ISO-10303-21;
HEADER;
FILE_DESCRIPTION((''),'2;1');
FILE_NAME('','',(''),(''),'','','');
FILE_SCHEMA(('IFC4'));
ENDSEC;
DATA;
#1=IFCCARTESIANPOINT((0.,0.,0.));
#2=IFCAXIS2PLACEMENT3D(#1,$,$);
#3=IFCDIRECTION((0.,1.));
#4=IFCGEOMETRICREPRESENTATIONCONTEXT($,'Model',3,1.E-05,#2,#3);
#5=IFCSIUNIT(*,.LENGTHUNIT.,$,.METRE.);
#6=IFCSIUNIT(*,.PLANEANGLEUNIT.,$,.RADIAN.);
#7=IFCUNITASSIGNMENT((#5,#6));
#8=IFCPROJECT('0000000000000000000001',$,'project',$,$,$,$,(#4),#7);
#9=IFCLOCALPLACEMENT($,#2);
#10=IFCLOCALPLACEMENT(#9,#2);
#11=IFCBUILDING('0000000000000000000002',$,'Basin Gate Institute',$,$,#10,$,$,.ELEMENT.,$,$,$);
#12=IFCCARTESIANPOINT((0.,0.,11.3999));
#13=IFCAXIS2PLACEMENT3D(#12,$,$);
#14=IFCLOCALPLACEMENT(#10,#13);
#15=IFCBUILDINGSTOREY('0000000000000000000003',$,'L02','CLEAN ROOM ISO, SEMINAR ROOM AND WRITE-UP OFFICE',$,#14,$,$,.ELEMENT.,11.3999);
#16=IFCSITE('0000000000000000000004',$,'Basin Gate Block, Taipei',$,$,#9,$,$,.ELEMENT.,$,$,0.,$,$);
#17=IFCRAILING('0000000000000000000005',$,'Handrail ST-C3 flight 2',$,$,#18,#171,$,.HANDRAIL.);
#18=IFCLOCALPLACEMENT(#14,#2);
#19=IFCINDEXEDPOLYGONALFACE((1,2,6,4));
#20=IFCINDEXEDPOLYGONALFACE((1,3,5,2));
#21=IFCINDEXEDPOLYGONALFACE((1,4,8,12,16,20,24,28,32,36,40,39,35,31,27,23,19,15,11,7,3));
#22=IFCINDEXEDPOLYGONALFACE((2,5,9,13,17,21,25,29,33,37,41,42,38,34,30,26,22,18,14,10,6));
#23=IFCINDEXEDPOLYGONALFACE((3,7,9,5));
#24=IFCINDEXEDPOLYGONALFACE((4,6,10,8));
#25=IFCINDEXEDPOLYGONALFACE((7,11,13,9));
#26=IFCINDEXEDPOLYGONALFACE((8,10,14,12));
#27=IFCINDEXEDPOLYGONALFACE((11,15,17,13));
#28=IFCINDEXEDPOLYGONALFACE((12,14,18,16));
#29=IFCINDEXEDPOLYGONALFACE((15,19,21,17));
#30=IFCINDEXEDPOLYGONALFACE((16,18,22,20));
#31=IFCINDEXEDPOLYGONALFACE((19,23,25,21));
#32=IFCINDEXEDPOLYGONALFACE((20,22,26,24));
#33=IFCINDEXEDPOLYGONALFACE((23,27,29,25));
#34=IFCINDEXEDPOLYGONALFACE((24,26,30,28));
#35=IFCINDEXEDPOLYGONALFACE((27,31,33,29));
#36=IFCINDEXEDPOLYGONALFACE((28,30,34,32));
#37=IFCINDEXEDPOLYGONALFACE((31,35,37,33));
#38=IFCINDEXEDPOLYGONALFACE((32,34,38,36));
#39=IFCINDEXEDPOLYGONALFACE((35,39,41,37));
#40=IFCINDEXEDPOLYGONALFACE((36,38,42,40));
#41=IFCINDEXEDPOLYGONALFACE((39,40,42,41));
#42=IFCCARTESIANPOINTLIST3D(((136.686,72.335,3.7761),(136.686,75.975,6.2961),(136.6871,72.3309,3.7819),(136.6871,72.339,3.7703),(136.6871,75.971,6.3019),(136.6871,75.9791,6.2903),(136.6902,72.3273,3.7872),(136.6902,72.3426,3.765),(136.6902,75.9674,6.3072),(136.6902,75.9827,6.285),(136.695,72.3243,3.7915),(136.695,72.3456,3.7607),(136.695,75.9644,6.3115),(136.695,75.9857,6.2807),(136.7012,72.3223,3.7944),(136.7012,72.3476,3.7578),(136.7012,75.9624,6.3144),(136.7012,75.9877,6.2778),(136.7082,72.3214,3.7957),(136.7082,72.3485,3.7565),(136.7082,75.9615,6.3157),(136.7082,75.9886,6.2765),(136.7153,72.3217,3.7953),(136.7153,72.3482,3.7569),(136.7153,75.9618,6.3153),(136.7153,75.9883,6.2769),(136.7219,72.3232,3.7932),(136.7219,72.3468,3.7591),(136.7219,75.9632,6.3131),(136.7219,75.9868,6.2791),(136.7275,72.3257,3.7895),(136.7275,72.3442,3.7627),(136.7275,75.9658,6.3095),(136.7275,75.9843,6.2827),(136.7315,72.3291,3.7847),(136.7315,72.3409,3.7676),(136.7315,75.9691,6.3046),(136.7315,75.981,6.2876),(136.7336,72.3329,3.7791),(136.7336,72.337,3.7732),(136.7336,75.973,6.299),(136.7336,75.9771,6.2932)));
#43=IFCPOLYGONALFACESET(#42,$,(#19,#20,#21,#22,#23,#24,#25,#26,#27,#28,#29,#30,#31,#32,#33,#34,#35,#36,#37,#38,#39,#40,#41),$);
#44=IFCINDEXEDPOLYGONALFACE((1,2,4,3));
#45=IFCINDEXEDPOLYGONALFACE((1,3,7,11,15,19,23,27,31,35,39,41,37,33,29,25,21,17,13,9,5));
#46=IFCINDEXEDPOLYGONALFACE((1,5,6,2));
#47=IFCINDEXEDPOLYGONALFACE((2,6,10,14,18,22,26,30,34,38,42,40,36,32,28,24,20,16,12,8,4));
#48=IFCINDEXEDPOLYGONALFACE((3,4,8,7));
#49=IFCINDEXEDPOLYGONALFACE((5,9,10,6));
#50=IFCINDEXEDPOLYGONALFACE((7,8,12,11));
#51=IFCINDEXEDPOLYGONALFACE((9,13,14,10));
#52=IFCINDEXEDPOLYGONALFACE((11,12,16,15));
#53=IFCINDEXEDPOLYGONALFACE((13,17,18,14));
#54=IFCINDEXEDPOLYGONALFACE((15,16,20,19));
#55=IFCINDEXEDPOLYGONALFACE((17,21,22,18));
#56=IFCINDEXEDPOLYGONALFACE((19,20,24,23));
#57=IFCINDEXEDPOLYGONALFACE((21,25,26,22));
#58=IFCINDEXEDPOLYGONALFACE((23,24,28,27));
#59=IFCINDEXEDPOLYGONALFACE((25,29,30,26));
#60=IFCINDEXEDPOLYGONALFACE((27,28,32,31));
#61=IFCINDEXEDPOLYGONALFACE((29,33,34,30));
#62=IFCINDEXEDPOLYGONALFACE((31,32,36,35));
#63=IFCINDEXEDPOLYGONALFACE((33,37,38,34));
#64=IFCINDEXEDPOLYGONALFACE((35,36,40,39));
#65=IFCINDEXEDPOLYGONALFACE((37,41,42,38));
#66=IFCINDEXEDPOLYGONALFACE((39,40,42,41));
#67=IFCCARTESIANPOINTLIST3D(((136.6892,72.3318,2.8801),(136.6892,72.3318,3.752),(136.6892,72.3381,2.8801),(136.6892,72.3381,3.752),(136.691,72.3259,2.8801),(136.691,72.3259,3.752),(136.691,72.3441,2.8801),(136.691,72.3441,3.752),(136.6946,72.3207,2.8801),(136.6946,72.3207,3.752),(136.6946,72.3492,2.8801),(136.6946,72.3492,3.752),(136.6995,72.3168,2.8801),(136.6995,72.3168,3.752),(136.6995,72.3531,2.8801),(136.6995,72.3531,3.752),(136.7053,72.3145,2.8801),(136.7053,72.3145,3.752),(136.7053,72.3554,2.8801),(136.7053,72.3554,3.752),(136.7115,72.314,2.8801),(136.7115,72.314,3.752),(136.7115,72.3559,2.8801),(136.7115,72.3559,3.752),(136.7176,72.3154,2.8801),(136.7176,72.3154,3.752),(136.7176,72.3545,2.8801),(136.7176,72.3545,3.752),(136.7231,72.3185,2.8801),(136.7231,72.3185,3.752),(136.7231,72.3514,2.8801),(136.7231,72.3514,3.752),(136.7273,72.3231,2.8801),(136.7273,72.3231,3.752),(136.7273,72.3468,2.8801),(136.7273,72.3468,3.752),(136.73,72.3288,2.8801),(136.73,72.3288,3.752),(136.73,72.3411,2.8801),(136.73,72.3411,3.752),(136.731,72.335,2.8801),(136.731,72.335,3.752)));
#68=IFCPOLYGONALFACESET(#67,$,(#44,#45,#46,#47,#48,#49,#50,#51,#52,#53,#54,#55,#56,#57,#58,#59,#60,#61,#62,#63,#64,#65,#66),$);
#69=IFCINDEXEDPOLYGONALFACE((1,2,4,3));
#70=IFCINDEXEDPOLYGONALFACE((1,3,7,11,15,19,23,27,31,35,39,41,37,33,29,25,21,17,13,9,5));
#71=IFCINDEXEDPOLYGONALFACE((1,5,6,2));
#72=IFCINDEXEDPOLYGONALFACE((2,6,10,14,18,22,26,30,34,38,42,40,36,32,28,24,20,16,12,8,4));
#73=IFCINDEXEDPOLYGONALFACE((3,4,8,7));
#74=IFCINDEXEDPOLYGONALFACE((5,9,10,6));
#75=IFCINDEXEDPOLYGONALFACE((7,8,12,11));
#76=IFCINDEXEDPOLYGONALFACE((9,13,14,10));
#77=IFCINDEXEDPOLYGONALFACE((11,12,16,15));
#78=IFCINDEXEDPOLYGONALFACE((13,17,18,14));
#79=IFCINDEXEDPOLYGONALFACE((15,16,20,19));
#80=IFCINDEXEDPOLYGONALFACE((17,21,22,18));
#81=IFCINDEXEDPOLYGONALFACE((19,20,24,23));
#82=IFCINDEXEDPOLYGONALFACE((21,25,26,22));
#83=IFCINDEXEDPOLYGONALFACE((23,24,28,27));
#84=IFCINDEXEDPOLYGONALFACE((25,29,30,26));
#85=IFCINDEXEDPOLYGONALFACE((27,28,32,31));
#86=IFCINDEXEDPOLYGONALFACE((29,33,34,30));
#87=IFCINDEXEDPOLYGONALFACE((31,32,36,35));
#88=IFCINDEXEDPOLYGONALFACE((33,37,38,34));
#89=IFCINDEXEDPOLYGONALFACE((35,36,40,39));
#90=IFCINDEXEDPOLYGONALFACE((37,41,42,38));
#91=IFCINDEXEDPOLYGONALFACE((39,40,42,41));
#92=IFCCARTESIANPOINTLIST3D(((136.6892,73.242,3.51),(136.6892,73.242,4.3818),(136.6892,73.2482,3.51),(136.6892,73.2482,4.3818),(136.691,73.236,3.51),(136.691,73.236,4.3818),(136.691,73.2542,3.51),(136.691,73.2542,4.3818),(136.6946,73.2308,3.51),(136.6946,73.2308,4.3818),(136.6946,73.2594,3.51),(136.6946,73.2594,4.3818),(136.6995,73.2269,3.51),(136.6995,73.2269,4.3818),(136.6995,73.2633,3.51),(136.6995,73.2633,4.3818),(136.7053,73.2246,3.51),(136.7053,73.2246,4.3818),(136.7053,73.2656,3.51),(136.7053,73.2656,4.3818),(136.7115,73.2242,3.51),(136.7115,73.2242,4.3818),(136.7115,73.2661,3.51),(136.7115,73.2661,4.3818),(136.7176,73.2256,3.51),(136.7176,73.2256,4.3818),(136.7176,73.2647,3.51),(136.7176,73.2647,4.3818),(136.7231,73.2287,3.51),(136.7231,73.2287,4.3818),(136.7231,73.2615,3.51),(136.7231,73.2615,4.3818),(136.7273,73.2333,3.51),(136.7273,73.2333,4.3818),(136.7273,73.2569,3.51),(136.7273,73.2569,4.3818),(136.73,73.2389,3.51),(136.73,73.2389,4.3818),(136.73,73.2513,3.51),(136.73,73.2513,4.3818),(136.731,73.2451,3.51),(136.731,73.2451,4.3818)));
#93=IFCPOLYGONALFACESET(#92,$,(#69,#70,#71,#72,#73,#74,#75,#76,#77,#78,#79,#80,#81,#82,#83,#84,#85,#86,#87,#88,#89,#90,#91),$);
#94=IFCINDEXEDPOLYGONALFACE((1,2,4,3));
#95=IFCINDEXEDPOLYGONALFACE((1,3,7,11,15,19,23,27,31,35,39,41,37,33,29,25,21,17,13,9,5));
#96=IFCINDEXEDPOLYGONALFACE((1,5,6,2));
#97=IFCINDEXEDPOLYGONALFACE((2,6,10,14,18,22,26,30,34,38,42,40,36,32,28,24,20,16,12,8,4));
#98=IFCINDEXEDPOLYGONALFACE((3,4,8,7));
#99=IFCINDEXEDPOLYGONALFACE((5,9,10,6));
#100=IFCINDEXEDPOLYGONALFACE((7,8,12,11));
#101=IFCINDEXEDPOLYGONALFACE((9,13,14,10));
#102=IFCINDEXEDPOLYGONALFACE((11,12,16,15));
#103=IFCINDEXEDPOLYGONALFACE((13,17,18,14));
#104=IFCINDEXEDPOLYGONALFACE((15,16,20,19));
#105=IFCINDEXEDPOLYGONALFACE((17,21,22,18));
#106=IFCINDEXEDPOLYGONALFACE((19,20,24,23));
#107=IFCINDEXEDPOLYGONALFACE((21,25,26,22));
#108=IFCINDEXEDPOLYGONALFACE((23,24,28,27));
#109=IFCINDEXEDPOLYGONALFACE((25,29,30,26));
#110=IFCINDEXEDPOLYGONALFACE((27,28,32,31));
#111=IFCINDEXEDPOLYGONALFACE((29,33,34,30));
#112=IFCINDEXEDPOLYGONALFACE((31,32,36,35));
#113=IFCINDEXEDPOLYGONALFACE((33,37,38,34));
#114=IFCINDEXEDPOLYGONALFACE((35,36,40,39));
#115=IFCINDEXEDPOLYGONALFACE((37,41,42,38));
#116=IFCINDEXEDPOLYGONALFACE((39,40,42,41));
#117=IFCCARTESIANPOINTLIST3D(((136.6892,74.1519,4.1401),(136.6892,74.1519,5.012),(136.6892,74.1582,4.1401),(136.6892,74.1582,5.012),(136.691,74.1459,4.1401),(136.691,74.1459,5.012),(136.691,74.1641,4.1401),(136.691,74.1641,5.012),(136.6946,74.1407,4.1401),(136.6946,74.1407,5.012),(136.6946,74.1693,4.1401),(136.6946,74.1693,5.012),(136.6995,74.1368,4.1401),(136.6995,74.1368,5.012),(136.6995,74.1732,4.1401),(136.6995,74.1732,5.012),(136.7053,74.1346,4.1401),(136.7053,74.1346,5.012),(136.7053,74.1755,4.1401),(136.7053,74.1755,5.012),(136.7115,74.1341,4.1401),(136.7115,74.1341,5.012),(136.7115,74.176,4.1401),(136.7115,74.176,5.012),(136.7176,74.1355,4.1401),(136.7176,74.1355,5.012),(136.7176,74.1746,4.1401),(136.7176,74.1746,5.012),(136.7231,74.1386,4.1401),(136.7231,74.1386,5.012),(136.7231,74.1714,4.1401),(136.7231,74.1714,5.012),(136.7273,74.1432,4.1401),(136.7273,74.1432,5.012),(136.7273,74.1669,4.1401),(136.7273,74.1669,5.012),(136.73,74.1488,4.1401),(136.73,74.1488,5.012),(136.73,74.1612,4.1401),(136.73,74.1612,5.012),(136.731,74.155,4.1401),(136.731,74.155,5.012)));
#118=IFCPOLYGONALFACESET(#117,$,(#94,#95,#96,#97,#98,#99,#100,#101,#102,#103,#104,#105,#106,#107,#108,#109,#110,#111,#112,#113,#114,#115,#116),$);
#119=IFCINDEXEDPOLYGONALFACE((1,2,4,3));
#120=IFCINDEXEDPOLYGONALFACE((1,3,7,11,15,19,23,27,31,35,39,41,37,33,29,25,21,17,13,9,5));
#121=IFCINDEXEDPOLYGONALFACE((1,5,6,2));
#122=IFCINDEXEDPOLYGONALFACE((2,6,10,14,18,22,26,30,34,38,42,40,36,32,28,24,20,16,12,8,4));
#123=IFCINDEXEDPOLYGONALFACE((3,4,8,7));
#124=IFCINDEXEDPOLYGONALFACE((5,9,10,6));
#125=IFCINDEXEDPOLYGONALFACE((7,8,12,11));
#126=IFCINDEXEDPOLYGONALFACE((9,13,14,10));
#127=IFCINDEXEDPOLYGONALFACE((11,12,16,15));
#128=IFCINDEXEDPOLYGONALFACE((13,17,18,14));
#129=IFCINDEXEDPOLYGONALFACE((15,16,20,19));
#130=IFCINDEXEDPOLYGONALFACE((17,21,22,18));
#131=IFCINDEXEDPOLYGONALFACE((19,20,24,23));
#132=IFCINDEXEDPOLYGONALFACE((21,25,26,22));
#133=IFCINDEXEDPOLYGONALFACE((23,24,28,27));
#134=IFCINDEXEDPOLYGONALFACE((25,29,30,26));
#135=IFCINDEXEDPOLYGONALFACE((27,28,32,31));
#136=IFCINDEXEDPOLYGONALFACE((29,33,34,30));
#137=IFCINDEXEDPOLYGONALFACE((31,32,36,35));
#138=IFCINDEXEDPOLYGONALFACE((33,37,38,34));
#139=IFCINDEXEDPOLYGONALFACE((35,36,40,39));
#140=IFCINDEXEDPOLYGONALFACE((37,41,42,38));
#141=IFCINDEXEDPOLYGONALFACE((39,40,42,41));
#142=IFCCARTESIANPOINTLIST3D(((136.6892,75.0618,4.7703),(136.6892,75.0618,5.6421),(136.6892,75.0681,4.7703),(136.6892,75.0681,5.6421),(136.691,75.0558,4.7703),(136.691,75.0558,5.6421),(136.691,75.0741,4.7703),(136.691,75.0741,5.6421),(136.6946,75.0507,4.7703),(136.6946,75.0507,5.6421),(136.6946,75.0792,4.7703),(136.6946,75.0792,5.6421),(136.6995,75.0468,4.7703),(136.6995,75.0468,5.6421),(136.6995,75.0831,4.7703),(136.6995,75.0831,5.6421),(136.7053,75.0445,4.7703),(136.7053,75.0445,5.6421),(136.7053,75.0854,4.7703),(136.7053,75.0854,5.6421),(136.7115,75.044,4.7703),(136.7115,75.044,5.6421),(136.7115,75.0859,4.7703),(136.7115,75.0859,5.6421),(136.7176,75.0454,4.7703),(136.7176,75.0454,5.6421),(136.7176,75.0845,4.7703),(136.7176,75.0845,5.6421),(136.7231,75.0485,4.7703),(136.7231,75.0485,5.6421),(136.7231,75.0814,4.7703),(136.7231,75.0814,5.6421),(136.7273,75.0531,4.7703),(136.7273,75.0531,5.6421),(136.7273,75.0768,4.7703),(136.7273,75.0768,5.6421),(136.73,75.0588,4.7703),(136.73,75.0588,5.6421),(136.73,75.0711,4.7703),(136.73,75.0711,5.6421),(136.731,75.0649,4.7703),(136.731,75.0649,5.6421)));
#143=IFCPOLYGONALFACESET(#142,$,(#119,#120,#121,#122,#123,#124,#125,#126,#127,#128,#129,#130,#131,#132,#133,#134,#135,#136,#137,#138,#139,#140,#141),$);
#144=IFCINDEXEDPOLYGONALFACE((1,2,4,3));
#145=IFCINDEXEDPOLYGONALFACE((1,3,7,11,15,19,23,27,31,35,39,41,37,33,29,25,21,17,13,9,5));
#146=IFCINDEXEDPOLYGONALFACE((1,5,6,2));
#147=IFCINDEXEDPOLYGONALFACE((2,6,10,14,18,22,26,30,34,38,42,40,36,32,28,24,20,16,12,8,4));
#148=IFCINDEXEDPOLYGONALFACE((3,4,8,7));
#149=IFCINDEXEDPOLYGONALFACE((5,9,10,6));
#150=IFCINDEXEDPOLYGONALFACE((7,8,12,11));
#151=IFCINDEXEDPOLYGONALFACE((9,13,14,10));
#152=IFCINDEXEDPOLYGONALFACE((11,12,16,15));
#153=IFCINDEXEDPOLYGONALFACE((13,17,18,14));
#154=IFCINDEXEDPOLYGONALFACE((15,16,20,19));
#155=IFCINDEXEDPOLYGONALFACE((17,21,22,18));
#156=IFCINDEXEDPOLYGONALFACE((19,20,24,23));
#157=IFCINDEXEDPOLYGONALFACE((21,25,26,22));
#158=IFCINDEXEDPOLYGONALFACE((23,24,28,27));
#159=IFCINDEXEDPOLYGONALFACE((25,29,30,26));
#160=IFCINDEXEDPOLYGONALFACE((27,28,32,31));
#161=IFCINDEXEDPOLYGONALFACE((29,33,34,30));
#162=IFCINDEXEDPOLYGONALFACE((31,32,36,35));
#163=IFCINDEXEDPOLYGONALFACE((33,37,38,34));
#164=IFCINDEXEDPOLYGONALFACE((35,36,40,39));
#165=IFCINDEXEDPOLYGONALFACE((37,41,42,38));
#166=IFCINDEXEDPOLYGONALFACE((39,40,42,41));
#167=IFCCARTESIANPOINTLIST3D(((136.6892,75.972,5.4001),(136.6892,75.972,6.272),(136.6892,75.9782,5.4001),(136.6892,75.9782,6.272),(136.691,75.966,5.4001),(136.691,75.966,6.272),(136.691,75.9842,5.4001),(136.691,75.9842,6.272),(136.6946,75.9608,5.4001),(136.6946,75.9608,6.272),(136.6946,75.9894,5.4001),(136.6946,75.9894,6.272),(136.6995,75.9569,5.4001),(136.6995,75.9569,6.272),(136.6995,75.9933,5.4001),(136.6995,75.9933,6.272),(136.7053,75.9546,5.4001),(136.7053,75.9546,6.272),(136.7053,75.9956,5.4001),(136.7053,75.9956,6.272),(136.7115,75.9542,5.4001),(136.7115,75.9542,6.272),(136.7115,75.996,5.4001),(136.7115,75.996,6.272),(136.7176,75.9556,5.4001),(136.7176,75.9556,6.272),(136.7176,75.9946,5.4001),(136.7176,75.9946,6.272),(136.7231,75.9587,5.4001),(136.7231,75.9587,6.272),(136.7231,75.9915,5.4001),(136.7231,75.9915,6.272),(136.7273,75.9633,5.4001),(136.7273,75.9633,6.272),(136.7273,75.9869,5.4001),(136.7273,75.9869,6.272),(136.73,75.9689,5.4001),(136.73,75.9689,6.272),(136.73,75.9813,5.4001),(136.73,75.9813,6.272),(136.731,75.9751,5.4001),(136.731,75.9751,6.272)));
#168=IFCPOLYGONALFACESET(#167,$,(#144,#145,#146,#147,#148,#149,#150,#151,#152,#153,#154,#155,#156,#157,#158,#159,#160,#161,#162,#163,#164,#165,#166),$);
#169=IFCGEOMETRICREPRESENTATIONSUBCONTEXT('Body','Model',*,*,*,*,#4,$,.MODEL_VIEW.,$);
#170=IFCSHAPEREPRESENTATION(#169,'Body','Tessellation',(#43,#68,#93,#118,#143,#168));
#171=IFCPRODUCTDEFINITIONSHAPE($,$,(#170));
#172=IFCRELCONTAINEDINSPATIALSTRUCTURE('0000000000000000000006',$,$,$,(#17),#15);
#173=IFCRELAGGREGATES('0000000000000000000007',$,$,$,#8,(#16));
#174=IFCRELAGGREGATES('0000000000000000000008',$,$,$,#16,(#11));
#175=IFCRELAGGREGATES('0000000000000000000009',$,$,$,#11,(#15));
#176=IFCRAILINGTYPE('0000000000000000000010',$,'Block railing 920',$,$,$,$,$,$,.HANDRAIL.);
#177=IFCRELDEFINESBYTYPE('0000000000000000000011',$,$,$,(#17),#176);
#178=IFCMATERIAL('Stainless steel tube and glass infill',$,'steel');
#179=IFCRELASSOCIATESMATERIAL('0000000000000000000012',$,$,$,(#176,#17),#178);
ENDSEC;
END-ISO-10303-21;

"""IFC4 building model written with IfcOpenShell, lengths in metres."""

from ifc_helpers import new_model, si_unit, direction, frame, origin, origin_2d, place, context, subcontext, project, spatial, circle, extrude, material, type_object, element, save


model = new_model("IFC4")

# Units and contexts
model_context = context("Model", 3, precision=1e-05, world=origin(), true_north=direction((0.0, 1.0)))
body_context = subcontext(model_context, "Body", "Model", "MODEL_VIEW")
ifc_project = project(units=[si_unit("LENGTHUNIT", "METRE"), si_unit("PLANEANGLEUNIT", "RADIAN")], contexts=[model_context])

# Site, building, storey
site_placement = place(None, origin())
site = spatial("IfcSite", under=ifc_project, at=site_placement, Name="Basin Gate Block, Taipei", CompositionType="ELEMENT", RefElevation=0.0)
building_placement = place(site_placement, origin())
building = spatial("IfcBuilding", under=site, at=building_placement, Name="Basin Gate Institute", CompositionType="ELEMENT")
storey_placement = place(building_placement, frame((0.0, 0.0, 11.3999)))
storey = spatial("IfcBuildingStorey", under=building, at=storey_placement, Name="L02", Description="CLEAN ROOM ISO, SEMINAR ROOM AND WRITE-UP OFFICE", CompositionType="ELEMENT", Elevation=11.3999)

# Railing
ifc_material_1 = material(Name="Stainless steel tube and glass infill", Category="steel")
railing_type = type_object("IfcRailingType", Name="Block railing 920", PredefinedType="HANDRAIL", material=ifc_material_1)
for number, where, name in (
    (1, (136.71, 72.335, 2.8801), "Handrail ST-C3 flight 2"),
):
    element("IfcRailing", number, at=place(storey_placement, frame(where)), inside=storey, type_object=railing_type, material=ifc_material_1, Name=name, PredefinedType="HANDRAIL", context=body_context, shape_type="SweptSolid", body=[
        extrude(circle(Radius=0.0239, at=origin_2d()), frame((0.0, 0.0, 0.896), z_axis=(0.0, 0.8222, 0.569199), x_axis=(-1.0, 0.0, 0.0)), (0.0, 0.0, 1.0), 4.4272),
        extrude(circle(Radius=0.021, at=origin_2d()), origin(), (0.0, 0.0, 1.0), 0.8718),
        extrude(circle(Radius=0.021, at=origin_2d()), frame((0.0, 0.9102, 0.6299)), (0.0, 0.0, 1.0), 0.8718),
        extrude(circle(Radius=0.021, at=origin_2d()), frame((0.0, 1.8201, 1.26)), (0.0, 0.0, 1.0), 0.8718),
        extrude(circle(Radius=0.021, at=origin_2d()), frame((0.0, 2.73, 1.8901)), (0.0, 0.0, 1.0), 0.8718),
        extrude(circle(Radius=0.021, at=origin_2d()), frame((0.0, 3.6401, 2.52)), (0.0, 0.0, 1.0), 0.8718),
    ])

save(model, "model.ifc")
